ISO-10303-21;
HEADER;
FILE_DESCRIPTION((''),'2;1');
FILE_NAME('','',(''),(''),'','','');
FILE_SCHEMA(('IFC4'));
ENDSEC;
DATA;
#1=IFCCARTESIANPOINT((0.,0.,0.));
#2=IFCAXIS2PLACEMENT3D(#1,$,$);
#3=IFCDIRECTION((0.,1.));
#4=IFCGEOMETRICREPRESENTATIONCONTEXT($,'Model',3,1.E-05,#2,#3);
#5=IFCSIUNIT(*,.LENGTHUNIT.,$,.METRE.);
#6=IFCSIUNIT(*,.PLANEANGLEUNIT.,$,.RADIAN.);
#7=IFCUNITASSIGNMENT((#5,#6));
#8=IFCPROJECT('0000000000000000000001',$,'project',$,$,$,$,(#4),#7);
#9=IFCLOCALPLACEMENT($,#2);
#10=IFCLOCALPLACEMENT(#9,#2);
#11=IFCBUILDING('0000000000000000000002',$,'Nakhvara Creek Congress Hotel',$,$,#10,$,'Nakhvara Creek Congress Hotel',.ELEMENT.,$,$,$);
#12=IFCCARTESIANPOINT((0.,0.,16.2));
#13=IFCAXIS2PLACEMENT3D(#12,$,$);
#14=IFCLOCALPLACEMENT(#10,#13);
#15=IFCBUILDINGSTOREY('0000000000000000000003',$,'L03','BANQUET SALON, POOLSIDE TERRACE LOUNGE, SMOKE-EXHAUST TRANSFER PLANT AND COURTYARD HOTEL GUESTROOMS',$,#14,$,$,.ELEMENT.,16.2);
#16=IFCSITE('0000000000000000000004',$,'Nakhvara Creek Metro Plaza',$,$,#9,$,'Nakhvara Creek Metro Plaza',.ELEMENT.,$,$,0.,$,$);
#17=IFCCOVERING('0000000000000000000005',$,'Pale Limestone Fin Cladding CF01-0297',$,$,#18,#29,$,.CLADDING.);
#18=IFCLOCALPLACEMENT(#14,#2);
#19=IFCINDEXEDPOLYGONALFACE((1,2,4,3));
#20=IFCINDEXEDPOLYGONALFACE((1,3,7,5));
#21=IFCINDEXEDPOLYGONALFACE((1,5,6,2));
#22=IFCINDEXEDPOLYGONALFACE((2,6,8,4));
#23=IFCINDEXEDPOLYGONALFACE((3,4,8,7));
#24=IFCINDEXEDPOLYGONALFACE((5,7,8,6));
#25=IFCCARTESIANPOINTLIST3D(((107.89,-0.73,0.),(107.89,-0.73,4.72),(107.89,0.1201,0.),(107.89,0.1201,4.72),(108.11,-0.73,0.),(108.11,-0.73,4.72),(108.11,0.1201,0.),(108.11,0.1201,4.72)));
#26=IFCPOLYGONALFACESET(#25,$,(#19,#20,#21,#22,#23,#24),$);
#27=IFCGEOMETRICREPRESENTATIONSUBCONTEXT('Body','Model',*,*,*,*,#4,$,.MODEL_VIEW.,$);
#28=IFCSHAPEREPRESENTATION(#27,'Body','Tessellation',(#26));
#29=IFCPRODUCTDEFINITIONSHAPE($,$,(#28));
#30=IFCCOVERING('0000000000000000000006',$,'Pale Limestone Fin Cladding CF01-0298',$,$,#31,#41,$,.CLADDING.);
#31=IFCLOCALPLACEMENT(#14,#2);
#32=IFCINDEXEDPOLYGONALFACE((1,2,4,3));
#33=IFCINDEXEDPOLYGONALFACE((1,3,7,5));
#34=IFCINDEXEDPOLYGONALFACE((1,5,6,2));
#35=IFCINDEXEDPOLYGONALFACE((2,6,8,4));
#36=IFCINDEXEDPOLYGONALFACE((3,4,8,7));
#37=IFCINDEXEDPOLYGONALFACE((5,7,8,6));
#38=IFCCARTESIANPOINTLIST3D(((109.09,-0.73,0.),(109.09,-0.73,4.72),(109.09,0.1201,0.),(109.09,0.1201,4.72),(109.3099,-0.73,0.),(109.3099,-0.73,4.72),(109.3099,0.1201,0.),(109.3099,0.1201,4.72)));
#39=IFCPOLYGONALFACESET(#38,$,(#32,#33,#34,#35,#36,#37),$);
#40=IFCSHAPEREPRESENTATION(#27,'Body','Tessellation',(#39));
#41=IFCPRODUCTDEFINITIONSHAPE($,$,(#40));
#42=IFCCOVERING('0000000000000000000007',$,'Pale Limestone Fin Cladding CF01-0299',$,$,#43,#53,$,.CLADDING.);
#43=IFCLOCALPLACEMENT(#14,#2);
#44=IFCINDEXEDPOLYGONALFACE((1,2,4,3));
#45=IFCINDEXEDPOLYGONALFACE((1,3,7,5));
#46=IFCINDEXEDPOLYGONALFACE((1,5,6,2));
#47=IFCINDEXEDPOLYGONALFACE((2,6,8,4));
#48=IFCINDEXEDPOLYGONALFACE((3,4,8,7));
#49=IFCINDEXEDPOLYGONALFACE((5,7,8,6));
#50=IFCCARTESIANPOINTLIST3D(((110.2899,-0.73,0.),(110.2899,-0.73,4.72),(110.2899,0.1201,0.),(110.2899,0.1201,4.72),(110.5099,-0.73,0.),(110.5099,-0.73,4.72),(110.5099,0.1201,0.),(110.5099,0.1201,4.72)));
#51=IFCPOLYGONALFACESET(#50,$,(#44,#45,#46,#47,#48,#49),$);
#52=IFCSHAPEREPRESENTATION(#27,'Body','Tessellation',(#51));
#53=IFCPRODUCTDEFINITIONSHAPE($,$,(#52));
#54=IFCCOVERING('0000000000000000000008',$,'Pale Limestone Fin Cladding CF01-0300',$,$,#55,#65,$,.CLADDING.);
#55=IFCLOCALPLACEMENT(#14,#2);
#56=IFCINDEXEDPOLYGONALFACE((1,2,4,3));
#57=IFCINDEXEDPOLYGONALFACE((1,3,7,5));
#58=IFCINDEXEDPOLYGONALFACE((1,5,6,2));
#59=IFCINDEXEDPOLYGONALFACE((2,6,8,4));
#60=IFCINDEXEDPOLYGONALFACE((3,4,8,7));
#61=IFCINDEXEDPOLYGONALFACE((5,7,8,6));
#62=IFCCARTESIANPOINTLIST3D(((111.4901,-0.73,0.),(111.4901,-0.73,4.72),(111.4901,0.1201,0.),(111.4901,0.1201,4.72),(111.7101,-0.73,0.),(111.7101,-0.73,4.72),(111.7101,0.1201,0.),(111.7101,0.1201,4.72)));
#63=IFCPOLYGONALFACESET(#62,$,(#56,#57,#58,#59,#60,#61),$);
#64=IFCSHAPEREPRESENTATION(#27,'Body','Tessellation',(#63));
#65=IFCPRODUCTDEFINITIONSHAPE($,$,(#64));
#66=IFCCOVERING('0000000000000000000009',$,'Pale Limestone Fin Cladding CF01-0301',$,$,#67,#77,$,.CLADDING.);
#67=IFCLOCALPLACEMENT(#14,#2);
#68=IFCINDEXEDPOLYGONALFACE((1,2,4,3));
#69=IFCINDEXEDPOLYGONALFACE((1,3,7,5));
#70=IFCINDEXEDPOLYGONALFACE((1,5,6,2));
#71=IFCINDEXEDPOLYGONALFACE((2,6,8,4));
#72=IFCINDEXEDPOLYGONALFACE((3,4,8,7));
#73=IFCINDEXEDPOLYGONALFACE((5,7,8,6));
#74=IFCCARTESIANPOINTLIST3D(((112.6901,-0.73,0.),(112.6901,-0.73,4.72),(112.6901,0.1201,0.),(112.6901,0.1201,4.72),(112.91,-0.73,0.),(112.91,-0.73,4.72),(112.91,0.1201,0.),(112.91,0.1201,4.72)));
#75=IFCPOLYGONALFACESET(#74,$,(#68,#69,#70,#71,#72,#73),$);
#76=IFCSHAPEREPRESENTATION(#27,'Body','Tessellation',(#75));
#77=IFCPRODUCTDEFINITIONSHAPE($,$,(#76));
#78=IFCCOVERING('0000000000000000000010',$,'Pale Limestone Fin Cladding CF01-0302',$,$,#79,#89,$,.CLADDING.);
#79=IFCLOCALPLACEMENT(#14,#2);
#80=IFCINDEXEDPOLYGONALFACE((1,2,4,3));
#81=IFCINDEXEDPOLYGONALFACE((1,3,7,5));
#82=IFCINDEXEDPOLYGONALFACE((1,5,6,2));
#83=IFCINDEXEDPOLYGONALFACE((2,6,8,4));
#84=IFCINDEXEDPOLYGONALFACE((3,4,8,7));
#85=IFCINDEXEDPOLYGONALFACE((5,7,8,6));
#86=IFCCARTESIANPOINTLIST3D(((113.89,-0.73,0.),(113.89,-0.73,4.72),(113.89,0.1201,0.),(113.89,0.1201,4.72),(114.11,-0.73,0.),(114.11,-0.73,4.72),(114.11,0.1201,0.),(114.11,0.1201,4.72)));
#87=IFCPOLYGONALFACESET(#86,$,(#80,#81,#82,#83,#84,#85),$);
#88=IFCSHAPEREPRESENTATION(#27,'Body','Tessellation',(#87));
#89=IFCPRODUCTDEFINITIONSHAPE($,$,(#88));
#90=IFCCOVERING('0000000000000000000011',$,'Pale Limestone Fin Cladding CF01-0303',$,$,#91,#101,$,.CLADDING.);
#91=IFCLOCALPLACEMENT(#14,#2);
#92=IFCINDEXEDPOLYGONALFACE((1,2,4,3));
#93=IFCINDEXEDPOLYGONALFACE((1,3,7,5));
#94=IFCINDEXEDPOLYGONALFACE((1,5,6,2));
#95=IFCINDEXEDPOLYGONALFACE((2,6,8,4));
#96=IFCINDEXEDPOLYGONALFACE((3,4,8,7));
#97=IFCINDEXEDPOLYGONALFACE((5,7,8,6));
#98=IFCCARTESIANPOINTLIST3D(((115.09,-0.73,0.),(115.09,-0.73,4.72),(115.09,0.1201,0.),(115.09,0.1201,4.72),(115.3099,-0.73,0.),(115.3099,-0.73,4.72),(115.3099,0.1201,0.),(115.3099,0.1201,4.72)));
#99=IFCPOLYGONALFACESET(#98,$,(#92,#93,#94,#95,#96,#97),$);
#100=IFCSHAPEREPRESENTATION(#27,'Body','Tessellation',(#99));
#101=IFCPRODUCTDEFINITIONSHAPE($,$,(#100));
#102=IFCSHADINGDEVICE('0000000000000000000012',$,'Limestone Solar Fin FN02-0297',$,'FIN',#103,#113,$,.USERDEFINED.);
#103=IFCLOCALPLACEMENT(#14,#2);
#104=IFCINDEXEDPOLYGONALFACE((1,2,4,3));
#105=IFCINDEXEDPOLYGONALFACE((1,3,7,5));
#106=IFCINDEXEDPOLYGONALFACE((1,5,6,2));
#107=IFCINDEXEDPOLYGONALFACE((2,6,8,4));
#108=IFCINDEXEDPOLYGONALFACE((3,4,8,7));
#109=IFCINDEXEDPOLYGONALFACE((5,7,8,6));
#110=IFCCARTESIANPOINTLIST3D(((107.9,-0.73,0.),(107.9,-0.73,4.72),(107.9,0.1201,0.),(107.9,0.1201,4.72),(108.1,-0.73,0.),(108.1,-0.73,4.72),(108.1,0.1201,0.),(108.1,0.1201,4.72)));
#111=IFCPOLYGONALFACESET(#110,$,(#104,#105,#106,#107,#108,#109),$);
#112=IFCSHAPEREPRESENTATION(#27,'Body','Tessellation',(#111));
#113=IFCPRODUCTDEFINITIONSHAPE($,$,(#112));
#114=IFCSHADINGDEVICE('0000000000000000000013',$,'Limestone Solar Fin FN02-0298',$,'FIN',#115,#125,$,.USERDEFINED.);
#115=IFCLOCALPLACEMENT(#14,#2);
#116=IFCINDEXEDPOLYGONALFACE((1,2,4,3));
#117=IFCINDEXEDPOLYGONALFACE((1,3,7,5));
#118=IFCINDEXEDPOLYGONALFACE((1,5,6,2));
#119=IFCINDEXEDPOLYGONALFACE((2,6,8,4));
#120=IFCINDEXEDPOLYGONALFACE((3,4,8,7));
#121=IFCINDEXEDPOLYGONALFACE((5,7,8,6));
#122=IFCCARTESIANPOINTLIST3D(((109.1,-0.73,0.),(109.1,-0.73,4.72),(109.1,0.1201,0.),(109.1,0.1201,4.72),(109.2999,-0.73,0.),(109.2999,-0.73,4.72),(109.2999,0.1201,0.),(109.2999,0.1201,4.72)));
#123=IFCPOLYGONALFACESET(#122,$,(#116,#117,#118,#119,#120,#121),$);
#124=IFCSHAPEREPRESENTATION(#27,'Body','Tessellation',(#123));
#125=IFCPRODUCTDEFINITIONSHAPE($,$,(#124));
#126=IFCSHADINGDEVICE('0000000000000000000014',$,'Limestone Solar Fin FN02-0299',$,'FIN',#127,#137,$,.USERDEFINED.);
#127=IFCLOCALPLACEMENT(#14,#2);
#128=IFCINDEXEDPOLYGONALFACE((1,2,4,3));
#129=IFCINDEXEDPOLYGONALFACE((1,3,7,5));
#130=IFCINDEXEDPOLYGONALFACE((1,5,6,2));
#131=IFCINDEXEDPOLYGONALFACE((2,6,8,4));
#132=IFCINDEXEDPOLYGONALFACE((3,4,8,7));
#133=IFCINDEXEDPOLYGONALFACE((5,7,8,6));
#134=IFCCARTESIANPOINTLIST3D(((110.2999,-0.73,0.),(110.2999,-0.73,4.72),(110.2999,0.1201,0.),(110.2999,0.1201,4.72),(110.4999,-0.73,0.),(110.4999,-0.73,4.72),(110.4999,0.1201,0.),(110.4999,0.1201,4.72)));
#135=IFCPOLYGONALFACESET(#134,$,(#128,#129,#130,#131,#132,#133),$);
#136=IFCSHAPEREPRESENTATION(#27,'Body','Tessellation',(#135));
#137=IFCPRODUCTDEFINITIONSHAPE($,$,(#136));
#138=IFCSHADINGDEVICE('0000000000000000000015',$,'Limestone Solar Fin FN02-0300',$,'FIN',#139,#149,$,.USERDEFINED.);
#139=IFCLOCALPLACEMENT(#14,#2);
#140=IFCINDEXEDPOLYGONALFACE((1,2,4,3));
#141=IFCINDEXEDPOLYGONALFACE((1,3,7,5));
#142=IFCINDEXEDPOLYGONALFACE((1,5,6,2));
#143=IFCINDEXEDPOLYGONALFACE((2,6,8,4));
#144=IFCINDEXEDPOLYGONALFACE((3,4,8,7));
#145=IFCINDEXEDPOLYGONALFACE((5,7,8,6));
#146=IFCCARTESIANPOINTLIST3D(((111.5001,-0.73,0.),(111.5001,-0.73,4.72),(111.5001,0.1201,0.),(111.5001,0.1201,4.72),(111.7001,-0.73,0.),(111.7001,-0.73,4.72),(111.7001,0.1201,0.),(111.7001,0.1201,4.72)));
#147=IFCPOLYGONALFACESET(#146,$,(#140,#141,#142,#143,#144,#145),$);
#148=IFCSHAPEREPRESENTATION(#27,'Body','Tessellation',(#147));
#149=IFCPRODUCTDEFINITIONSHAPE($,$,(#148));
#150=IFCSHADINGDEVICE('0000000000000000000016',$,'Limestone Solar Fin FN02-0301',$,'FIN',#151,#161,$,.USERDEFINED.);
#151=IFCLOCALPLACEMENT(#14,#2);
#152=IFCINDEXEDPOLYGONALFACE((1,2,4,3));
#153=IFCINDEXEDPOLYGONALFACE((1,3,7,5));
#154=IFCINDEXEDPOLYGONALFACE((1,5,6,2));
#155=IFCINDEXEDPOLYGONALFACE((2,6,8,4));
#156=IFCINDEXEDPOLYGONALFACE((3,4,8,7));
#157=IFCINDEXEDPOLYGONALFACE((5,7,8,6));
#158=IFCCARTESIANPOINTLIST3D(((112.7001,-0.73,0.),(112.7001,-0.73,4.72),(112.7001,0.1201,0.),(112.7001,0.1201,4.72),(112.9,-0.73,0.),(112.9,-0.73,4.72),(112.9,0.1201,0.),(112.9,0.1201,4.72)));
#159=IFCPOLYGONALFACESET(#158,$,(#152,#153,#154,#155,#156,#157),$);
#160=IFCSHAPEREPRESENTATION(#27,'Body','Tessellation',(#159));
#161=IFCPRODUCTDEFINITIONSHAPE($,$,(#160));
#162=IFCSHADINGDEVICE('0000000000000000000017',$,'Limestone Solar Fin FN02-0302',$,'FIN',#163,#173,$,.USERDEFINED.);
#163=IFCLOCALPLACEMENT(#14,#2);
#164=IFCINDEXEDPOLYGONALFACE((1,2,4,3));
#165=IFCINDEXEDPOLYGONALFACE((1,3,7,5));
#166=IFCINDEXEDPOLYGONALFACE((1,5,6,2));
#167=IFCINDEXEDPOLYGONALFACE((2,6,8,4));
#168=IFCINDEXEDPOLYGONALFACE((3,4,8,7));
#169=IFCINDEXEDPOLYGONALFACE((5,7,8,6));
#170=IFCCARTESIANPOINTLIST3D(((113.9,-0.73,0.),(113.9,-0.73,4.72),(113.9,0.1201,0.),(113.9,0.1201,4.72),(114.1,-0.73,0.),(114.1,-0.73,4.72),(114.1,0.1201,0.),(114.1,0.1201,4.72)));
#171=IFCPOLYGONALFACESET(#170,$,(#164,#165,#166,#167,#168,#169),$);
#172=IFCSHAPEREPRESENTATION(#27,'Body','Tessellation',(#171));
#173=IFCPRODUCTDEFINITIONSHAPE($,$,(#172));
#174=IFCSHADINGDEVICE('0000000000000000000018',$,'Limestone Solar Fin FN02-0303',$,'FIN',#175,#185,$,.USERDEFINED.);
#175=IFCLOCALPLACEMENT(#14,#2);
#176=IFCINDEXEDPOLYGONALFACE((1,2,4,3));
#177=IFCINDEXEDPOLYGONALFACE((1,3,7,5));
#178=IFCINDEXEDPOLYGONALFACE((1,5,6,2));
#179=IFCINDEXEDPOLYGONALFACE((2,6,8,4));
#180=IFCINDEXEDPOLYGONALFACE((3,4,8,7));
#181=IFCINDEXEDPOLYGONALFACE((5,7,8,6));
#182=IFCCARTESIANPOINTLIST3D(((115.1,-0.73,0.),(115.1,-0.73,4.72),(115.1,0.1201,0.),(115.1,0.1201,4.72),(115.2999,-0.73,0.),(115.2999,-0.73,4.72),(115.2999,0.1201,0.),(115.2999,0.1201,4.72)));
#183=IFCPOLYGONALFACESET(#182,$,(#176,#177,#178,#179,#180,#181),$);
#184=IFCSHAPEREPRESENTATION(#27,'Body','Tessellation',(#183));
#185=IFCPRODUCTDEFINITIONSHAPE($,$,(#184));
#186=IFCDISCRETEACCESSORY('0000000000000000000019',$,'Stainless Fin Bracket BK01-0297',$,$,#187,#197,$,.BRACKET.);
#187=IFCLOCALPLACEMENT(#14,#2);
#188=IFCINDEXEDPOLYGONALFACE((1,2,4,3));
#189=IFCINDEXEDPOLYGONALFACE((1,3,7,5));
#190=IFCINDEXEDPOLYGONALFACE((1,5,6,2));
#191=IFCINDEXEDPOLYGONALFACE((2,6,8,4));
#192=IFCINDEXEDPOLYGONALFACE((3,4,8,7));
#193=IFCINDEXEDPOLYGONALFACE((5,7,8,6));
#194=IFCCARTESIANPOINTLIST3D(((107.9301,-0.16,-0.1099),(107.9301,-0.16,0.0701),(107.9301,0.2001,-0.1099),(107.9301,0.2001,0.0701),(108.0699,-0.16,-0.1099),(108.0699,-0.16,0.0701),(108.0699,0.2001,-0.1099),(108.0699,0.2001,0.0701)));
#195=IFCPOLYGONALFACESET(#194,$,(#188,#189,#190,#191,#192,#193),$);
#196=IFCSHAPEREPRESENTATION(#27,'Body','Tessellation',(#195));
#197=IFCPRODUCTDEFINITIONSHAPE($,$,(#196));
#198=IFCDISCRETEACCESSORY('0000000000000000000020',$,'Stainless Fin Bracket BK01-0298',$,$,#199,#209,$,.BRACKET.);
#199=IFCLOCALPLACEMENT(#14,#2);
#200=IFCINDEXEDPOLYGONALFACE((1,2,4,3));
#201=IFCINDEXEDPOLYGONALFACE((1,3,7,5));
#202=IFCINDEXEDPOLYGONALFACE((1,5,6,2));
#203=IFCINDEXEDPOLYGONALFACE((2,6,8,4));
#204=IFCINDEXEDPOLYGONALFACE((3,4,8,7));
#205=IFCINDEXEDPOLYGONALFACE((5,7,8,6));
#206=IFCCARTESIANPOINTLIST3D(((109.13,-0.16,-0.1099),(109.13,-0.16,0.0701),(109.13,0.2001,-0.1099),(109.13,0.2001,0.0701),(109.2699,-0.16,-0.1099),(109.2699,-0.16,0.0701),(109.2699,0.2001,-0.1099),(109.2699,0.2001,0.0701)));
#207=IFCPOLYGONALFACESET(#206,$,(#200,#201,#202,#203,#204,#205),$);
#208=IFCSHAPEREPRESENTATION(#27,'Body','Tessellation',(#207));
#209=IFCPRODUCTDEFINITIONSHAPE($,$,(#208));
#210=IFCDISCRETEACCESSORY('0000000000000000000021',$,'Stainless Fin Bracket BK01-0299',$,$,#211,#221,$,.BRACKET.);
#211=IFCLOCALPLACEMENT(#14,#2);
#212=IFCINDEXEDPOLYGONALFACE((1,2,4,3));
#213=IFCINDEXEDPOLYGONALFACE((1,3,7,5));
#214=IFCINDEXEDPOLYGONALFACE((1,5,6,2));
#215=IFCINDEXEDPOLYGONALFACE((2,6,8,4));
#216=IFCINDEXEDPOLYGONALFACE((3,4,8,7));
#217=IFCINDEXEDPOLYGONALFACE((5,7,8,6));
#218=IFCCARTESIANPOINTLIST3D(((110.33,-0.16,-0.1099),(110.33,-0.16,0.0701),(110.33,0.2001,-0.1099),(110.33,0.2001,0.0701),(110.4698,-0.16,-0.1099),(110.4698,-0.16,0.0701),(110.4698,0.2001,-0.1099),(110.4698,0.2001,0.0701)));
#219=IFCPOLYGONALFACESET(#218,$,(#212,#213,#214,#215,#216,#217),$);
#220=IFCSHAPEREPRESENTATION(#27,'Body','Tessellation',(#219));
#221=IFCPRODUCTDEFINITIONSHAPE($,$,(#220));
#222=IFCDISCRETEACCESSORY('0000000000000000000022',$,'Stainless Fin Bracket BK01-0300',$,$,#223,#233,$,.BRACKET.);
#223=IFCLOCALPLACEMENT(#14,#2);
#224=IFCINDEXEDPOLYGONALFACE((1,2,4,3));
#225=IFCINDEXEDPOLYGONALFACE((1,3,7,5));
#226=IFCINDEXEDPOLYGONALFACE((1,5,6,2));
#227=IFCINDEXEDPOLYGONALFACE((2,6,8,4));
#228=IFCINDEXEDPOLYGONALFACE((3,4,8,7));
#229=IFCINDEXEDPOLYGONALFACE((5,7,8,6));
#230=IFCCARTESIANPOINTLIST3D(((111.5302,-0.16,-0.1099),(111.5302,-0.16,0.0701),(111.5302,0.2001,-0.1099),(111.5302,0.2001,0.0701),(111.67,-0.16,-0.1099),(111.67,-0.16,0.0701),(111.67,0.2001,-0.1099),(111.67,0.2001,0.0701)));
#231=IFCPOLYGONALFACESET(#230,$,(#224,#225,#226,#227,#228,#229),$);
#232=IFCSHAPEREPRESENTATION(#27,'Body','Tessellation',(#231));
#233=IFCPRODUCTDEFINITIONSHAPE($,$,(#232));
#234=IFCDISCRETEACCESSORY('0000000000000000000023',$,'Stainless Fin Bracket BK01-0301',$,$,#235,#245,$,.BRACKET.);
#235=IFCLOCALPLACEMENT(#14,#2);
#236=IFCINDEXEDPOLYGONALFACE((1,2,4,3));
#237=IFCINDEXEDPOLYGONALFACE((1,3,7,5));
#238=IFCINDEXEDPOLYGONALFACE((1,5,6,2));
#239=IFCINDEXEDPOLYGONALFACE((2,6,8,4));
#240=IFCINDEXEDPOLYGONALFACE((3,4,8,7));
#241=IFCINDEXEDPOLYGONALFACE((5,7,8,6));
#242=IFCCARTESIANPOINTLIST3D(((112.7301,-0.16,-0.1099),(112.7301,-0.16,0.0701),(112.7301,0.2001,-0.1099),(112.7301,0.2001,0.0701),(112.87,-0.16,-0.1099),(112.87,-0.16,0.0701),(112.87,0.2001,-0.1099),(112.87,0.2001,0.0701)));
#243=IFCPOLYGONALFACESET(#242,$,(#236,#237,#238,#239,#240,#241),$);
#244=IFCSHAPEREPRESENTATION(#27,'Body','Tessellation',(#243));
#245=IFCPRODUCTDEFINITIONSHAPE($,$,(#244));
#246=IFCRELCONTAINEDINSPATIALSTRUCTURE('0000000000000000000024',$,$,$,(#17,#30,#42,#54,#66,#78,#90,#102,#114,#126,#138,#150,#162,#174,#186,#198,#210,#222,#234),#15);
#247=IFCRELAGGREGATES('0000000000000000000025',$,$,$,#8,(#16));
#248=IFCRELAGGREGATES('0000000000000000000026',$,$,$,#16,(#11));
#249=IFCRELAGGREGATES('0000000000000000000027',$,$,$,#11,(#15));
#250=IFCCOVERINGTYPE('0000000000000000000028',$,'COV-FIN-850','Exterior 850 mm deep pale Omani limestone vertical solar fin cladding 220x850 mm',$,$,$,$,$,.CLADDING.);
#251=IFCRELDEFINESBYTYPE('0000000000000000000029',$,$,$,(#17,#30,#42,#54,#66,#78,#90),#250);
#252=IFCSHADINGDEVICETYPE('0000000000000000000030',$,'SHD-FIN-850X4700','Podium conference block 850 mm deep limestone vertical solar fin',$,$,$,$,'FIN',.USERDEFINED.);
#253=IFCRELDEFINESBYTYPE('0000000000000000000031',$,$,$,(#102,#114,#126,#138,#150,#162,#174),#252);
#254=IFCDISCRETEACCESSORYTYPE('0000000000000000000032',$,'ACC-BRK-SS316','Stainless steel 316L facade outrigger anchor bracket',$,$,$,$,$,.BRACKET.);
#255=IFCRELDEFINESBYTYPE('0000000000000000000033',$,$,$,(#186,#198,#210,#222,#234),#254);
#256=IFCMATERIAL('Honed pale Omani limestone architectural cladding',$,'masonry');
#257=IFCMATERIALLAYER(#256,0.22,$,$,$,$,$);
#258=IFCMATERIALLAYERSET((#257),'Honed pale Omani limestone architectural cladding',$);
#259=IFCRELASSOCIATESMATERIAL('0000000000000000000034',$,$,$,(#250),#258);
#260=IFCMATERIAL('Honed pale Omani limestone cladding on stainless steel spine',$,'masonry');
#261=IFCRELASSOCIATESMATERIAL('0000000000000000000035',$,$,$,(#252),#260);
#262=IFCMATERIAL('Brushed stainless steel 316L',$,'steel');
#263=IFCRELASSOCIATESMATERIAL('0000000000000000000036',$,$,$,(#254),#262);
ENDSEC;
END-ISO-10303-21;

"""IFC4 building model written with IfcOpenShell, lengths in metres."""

from ifc_helpers import new_model, si_unit, direction, frame, origin, origin_2d, place, context, subcontext, project, spatial, rectangle, extrude, material, layer, layer_set, type_object, element, save


model = new_model("IFC4")

# Units and contexts
model_context = context("Model", 3, precision=1e-05, world=origin(), true_north=direction((0.0, 1.0)))
body_context = subcontext(model_context, "Body", "Model", "MODEL_VIEW")
ifc_project = project(units=[si_unit("LENGTHUNIT", "METRE"), si_unit("PLANEANGLEUNIT", "RADIAN")], contexts=[model_context])

# Site, building, storey
site_placement = place(None, origin())
site = spatial("IfcSite", under=ifc_project, at=site_placement, Name="Nakhvara Creek Metro Plaza", LongName="Nakhvara Creek Metro Plaza", CompositionType="ELEMENT", RefElevation=0.0)
building_placement = place(site_placement, origin())
building = spatial("IfcBuilding", under=site, at=building_placement, Name="Nakhvara Creek Congress Hotel", LongName="Nakhvara Creek Congress Hotel", CompositionType="ELEMENT")
storey_placement = place(building_placement, frame((0.0, 0.0, 16.2)))
storey = spatial("IfcBuildingStorey", under=building, at=storey_placement, Name="L03", Description="BANQUET SALON, POOLSIDE TERRACE LOUNGE, SMOKE-EXHAUST TRANSFER PLANT AND COURTYARD HOTEL GUESTROOMS", CompositionType="ELEMENT", Elevation=16.2)

# Coverings
ifc_material_1 = material(Name="Honed pale Omani limestone architectural cladding", Category="masonry")
ifc_layer = layer(ifc_material_1, 0.22)
ifc_layer_set = layer_set([ifc_layer], Name="Honed pale Omani limestone architectural cladding")
covering_type = type_object("IfcCoveringType", Name="COV-FIN-850", Description="Exterior 850 mm deep pale Omani limestone vertical solar fin cladding 220x850 mm", PredefinedType="CLADDING", material=ifc_layer_set)
for number, where, z_axis, x_axis, name in (
    (1, (108.0, -0.3049, 0.0), (0.0, 0.0, 1.0), (1.0, 0.0, 0.0), "Pale Limestone Fin Cladding CF01-0297"),
    (2, (109.2, -0.3049, 0.0), (0.0, 0.0, 1.0), (1.0, 0.0, 0.0), "Pale Limestone Fin Cladding CF01-0298"),
    (3, (110.3999, -0.3049, 0.0), (0.0, 0.0, 1.0), (1.0, 0.0, 0.0), "Pale Limestone Fin Cladding CF01-0299"),
    (4, (111.6001, -0.3049, 0.0), (0.0, 0.0, 1.0), (1.0, 0.0, 0.0), "Pale Limestone Fin Cladding CF01-0300"),
    (5, (112.8, -0.3049, 0.0), (0.0, 0.0, 1.0), (1.0, 0.0, 0.0), "Pale Limestone Fin Cladding CF01-0301"),
    (6, (114.0, -0.3049, 0.0), (0.0, 0.0, 1.0), (1.0, 0.0, 0.0), "Pale Limestone Fin Cladding CF01-0302"),
    (7, (115.2, -0.3049, 0.0), (0.0, 0.0, 1.0), (1.0, 0.0, 0.0), "Pale Limestone Fin Cladding CF01-0303"),
):
    element("IfcCovering", number, at=place(storey_placement, frame(where, z_axis=z_axis, x_axis=x_axis)), inside=storey, type_object=covering_type, Name=name, PredefinedType="CLADDING", context=body_context, shape_type="SweptSolid", body=[
        extrude(rectangle(XDim=0.22, YDim=0.8501, at=origin_2d()), origin(), (0.0, 0.0, 1.0), 4.72),
    ])

# Shading devices
ifc_material_2 = material(Name="Honed pale Omani limestone cladding on stainless steel spine", Category="masonry")
shading_device_type = type_object("IfcShadingDeviceType", Name="SHD-FIN-850X4700", Description="Podium conference block 850 mm deep limestone vertical solar fin", ElementType="FIN", PredefinedType="USERDEFINED", material=ifc_material_2)
for number, where, z_axis, x_axis, name in (
    (8, (108.0, -0.3049, 0.0), (0.0, 0.0, 1.0), (1.0, 0.0, 0.0), "Limestone Solar Fin FN02-0297"),
    (9, (109.2, -0.3049, 0.0), (0.0, 0.0, 1.0), (1.0, 0.0, 0.0), "Limestone Solar Fin FN02-0298"),
    (10, (110.3999, -0.3049, 0.0), (0.0, 0.0, 1.0), (1.0, 0.0, 0.0), "Limestone Solar Fin FN02-0299"),
    (11, (111.6001, -0.3049, 0.0), (0.0, 0.0, 1.0), (1.0, 0.0, 0.0), "Limestone Solar Fin FN02-0300"),
    (12, (112.8, -0.3049, 0.0), (0.0, 0.0, 1.0), (1.0, 0.0, 0.0), "Limestone Solar Fin FN02-0301"),
    (13, (114.0, -0.3049, 0.0), (0.0, 0.0, 1.0), (1.0, 0.0, 0.0), "Limestone Solar Fin FN02-0302"),
    (14, (115.2, -0.3049, 0.0), (0.0, 0.0, 1.0), (1.0, 0.0, 0.0), "Limestone Solar Fin FN02-0303"),
):
    element("IfcShadingDevice", number, at=place(storey_placement, frame(where, z_axis=z_axis, x_axis=x_axis)), inside=storey, type_object=shading_device_type, Name=name, ObjectType="FIN", PredefinedType="USERDEFINED", context=body_context, shape_type="SweptSolid", body=[
        extrude(rectangle(XDim=0.2, YDim=0.8501, at=origin_2d()), origin(), (0.0, 0.0, 1.0), 4.72),
    ])

# Discrete accessories
ifc_material_3 = material(Name="Brushed stainless steel 316L", Category="steel")
discrete_accessory_type = type_object("IfcDiscreteAccessoryType", Name="ACC-BRK-SS316", Description="Stainless steel 316L facade outrigger anchor bracket", PredefinedType="BRACKET", material=ifc_material_3)
for number, where, z_axis, x_axis, name in (
    (15, (108.0, 0.02, -0.1099), (0.0, 0.0, 1.0), (1.0, 0.0, 0.0), "Stainless Fin Bracket BK01-0297"),
    (16, (109.2, 0.02, -0.1099), (0.0, 0.0, 1.0), (1.0, 0.0, 0.0), "Stainless Fin Bracket BK01-0298"),
    (17, (110.3999, 0.02, -0.1099), (0.0, 0.0, 1.0), (1.0, 0.0, 0.0), "Stainless Fin Bracket BK01-0299"),
    (18, (111.6001, 0.02, -0.1099), (0.0, 0.0, 1.0), (1.0, 0.0, 0.0), "Stainless Fin Bracket BK01-0300"),
    (19, (112.8, 0.02, -0.1099), (0.0, 0.0, 1.0), (1.0, 0.0, 0.0), "Stainless Fin Bracket BK01-0301"),
):
    element("IfcDiscreteAccessory", number, at=place(storey_placement, frame(where, z_axis=z_axis, x_axis=x_axis)), inside=storey, type_object=discrete_accessory_type, Name=name, PredefinedType="BRACKET", context=body_context, shape_type="SweptSolid", body=[
        extrude(rectangle(XDim=0.1399, YDim=0.3601, at=origin_2d()), origin(), (0.0, 0.0, 1.0), 0.1799),
    ])

save(model, "model.ifc")
